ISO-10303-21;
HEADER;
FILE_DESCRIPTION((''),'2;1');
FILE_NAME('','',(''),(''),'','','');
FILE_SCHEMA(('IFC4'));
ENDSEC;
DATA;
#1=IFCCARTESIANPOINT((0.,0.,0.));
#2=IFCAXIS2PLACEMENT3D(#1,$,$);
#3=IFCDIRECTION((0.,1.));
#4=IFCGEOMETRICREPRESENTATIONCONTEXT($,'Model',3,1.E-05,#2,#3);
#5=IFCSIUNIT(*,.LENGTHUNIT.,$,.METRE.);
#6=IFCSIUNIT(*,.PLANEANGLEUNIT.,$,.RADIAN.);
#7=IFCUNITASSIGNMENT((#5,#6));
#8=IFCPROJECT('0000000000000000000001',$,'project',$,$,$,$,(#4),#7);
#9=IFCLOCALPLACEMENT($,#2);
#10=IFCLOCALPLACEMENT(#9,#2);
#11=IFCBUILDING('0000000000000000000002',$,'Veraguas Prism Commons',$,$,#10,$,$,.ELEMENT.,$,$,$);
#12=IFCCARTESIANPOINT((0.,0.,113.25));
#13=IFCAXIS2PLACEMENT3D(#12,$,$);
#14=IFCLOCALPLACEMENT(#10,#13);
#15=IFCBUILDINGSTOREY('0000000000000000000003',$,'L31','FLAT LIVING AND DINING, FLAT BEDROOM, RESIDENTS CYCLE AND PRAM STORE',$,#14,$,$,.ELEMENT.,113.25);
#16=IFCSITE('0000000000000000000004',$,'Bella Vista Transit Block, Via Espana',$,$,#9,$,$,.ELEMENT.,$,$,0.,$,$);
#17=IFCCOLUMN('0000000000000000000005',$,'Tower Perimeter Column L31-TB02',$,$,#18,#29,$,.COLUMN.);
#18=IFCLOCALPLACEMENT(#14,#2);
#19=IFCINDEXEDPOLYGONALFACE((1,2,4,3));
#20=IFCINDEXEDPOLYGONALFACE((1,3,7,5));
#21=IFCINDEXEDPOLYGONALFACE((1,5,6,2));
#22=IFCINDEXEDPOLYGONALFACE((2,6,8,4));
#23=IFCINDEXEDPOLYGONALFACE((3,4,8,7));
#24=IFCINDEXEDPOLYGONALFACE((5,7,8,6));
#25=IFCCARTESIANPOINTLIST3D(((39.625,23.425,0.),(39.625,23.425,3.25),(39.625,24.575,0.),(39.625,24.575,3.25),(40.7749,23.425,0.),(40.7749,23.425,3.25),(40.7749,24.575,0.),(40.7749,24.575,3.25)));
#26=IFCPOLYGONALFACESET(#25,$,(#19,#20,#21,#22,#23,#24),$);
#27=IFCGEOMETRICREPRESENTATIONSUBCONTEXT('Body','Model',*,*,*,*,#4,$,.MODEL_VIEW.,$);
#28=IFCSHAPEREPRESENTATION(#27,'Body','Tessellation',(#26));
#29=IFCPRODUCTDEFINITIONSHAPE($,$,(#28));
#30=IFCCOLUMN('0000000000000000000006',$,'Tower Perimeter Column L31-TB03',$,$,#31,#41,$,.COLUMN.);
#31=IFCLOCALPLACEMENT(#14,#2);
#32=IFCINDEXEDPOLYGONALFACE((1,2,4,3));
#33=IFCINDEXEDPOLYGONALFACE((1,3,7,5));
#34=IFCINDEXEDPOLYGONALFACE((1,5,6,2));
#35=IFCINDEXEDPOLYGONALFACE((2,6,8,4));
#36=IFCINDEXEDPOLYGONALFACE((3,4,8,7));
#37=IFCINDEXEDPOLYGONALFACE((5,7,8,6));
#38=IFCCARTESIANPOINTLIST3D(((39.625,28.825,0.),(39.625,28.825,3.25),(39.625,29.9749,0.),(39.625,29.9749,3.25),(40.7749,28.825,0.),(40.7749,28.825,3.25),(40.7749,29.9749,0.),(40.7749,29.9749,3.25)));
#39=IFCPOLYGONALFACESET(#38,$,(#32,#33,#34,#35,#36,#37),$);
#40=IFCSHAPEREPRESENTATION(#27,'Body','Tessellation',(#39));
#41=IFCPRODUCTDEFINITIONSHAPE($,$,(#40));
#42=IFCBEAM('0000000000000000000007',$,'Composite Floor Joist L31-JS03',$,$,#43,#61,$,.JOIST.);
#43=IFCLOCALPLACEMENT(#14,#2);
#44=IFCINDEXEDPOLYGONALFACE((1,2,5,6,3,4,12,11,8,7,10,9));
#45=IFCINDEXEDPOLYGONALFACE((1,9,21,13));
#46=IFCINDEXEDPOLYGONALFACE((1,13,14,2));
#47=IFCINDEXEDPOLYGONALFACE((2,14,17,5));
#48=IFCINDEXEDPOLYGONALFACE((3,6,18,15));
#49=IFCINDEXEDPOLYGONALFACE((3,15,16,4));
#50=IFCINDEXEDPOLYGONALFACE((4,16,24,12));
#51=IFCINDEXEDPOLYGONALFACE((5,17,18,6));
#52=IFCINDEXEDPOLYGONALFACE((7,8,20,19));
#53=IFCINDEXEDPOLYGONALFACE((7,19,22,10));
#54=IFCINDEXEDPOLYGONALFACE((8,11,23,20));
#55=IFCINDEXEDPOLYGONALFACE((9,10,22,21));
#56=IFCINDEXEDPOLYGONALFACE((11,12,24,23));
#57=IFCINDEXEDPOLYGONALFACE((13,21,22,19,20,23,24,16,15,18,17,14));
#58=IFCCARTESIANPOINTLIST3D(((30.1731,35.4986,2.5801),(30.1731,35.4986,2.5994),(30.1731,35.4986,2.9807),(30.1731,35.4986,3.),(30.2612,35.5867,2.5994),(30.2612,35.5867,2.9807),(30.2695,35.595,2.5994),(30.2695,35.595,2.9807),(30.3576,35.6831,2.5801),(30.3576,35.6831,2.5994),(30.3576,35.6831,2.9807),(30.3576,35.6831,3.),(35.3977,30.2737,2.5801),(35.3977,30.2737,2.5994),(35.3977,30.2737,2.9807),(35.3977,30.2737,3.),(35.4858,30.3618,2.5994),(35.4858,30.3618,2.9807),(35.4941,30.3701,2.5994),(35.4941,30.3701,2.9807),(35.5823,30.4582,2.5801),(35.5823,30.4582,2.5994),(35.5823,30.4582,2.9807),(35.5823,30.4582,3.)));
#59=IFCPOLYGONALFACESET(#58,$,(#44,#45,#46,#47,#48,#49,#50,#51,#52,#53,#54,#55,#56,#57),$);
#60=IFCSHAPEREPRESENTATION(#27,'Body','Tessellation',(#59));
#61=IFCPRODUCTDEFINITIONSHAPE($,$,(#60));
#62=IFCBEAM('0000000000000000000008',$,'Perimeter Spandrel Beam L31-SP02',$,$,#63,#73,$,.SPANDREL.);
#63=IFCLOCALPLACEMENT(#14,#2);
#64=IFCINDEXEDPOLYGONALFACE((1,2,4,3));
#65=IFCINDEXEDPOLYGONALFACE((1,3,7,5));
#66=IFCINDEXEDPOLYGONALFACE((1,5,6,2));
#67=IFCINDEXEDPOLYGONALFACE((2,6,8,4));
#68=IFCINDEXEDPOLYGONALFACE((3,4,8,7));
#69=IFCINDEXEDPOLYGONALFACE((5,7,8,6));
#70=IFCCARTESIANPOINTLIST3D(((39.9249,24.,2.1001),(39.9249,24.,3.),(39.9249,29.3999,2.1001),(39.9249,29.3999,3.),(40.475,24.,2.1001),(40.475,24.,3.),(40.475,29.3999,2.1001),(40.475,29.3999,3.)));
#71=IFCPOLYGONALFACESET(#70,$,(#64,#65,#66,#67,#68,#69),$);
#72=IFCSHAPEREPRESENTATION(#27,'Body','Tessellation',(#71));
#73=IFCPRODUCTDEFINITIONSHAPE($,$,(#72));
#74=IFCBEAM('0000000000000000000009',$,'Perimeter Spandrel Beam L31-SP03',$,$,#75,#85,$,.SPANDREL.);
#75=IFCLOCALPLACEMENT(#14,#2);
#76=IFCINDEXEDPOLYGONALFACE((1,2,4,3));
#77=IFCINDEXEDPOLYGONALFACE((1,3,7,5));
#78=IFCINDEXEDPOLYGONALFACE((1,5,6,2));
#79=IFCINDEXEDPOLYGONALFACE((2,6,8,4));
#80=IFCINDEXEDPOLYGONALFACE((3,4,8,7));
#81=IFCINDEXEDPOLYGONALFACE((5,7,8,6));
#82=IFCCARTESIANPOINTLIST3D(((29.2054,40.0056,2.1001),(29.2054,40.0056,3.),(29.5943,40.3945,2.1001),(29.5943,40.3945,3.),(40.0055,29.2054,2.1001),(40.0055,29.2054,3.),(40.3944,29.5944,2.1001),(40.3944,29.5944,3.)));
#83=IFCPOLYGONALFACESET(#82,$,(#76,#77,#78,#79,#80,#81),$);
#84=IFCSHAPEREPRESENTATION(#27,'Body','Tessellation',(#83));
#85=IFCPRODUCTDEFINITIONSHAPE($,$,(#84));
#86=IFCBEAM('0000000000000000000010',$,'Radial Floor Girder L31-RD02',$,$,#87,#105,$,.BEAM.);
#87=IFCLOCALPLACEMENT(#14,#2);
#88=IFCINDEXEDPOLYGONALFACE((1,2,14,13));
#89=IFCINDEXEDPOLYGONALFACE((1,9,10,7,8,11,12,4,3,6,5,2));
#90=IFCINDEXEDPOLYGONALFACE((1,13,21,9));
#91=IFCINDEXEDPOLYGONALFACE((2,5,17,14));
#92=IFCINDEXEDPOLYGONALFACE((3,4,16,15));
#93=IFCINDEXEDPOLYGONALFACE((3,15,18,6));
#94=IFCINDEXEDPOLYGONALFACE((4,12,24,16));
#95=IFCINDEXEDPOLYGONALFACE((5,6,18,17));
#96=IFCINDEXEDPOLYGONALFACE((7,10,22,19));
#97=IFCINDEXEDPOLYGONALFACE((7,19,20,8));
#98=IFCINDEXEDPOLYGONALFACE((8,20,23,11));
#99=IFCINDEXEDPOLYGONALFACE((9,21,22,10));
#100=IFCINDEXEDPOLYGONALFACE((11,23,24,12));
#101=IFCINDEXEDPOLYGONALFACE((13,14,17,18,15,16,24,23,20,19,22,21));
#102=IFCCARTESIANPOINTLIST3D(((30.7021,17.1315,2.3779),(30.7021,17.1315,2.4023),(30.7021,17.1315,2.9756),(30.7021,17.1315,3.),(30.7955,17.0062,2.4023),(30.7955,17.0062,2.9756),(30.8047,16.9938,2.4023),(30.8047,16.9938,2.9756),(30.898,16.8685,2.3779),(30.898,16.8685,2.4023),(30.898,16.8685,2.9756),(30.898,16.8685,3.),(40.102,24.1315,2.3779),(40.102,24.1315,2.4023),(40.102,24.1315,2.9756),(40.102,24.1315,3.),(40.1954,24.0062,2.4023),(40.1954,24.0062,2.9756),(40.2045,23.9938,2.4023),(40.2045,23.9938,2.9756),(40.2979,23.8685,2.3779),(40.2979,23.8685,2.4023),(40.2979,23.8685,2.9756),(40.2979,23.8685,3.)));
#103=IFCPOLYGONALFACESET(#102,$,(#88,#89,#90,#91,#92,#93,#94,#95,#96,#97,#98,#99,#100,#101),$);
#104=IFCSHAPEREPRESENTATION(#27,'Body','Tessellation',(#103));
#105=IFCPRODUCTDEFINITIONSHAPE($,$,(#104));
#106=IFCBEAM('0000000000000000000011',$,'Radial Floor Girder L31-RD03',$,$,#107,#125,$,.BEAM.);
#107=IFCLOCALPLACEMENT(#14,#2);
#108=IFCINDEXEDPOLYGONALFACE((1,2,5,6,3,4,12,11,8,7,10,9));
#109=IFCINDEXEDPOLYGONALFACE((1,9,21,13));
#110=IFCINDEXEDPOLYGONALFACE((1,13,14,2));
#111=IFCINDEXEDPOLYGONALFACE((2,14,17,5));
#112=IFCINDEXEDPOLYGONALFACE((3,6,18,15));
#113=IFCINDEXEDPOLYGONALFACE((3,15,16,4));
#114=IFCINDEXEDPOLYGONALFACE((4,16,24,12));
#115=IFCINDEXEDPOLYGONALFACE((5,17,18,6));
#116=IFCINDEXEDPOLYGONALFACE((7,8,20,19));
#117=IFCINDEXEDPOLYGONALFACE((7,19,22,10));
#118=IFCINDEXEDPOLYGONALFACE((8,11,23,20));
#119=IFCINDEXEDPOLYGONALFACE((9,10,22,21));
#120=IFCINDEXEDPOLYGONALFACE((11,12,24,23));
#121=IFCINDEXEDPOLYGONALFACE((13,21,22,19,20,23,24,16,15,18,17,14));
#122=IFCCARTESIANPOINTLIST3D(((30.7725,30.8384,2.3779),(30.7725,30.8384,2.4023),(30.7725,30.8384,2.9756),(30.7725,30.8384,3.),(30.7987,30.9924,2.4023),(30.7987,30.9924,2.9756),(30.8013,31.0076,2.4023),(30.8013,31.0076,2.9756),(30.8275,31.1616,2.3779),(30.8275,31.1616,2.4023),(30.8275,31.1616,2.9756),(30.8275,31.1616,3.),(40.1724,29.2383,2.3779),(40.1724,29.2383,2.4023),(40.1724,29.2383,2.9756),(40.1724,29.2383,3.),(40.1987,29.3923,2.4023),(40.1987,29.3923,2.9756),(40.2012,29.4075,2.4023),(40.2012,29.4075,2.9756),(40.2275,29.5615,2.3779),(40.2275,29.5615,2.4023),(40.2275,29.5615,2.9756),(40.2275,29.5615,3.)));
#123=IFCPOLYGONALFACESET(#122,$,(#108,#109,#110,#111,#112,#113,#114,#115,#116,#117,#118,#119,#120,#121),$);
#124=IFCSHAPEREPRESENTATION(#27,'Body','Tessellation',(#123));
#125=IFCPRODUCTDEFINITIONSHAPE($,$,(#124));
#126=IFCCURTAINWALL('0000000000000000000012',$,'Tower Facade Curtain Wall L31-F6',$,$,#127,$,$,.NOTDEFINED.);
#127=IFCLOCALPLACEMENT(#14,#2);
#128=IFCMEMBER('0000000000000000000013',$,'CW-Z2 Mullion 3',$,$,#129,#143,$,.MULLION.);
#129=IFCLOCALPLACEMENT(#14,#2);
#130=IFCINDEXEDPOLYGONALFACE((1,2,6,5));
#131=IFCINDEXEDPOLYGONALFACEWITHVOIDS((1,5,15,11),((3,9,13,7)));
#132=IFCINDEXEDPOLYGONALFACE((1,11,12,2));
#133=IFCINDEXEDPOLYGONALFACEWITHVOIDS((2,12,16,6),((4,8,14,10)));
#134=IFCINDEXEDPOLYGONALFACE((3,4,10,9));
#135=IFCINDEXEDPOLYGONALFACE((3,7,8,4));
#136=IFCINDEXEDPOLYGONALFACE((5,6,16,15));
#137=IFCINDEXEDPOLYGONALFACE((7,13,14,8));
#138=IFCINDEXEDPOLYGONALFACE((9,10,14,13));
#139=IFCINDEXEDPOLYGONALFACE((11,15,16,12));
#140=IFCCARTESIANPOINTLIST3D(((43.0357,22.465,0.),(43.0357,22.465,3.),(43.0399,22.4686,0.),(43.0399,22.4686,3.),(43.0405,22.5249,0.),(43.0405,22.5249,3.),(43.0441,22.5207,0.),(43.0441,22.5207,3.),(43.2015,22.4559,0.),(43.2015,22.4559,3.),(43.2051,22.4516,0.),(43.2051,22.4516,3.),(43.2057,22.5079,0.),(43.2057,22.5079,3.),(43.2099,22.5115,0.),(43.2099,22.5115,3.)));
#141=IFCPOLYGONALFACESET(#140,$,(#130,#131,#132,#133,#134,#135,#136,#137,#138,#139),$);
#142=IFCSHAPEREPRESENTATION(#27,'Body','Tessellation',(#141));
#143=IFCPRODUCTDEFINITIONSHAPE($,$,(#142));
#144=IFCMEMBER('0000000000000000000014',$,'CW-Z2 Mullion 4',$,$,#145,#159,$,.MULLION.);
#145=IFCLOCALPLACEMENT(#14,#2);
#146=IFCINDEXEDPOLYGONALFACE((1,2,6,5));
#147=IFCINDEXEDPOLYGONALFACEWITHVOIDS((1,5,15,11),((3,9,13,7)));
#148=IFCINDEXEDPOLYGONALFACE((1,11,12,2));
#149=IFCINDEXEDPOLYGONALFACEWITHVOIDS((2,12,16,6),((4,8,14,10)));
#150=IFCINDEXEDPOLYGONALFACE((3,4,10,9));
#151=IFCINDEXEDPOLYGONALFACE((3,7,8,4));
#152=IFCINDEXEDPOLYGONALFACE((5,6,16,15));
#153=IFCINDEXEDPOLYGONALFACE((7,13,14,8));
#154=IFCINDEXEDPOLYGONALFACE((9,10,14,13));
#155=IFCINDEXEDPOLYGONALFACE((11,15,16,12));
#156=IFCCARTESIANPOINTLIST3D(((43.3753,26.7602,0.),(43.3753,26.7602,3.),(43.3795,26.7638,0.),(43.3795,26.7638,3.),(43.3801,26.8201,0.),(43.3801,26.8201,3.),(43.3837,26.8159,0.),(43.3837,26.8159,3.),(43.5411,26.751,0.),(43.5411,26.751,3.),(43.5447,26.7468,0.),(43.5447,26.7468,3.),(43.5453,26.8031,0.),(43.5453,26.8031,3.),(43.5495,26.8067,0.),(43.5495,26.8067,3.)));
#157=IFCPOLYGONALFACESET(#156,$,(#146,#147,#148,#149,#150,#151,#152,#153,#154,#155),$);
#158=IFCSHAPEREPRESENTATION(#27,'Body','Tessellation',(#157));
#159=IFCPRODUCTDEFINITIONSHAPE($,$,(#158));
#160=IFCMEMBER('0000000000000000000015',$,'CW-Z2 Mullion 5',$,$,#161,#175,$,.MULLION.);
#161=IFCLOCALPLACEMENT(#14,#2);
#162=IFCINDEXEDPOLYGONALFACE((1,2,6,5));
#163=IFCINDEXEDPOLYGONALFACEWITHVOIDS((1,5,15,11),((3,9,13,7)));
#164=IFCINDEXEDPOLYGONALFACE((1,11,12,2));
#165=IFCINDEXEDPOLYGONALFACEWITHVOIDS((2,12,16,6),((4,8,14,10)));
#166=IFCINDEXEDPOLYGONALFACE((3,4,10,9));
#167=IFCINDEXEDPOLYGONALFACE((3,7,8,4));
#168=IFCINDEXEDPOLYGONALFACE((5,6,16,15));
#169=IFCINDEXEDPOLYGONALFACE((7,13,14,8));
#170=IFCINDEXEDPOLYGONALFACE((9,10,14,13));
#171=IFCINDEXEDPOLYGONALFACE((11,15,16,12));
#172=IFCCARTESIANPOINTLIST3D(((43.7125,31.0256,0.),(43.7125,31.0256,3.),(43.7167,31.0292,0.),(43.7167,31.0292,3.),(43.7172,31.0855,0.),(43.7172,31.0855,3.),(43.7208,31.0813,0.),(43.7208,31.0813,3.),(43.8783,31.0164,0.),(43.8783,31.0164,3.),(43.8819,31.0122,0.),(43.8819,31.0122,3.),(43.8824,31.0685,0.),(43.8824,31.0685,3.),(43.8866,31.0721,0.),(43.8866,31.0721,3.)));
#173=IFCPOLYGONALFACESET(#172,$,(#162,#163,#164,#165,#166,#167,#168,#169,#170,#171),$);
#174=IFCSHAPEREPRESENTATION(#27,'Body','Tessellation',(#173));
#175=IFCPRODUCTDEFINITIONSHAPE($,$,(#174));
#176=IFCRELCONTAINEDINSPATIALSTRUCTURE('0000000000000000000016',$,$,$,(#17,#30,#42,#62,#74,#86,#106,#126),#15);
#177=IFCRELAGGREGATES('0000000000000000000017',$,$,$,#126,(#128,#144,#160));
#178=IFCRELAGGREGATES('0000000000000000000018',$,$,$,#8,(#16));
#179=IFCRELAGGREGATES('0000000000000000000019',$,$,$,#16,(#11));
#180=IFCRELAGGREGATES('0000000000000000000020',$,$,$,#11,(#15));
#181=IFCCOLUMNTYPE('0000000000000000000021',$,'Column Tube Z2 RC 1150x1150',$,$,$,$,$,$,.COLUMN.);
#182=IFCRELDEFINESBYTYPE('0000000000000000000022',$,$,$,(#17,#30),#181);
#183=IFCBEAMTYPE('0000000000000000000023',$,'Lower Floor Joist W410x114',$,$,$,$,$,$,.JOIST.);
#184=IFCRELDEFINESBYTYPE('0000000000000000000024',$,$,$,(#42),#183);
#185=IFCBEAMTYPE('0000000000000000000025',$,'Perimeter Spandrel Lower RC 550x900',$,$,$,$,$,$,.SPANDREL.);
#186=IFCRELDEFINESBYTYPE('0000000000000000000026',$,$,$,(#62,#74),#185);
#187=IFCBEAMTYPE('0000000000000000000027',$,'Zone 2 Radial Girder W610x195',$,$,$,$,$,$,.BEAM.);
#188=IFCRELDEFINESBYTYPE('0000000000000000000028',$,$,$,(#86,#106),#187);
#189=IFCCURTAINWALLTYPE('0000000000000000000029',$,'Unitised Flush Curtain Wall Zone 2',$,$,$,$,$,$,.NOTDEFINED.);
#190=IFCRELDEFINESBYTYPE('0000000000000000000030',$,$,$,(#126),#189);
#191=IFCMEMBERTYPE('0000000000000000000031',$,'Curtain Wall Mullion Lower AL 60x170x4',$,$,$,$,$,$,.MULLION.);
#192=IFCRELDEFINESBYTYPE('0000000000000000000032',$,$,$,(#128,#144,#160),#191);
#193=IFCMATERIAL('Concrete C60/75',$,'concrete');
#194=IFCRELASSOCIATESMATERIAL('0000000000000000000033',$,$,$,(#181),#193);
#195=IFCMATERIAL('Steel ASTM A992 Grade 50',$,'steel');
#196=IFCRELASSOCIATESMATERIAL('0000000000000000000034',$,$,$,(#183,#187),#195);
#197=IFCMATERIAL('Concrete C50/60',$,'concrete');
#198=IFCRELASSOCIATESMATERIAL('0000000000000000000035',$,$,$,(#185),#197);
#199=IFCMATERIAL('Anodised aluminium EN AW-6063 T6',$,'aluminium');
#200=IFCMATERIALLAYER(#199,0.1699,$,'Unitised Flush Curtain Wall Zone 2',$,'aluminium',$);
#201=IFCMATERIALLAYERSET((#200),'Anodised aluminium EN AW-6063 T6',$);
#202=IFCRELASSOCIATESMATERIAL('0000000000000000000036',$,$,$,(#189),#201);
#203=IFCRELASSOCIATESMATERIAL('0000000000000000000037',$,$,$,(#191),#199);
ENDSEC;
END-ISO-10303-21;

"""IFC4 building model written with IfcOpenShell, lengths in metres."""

from ifc_helpers import new_model, si_unit, direction, frame, origin, origin_2d, place, context, subcontext, project, spatial, rectangle, hollow_rectangle, i_section, extrude, source, transform, mapped, material, layer, layer_set, material_profile, profile_set, type_object, element, aggregate, save


model = new_model("IFC4")

# Units and contexts
model_context = context("Model", 3, precision=1e-05, world=origin(), true_north=direction((0.0, 1.0)))
body_context = subcontext(model_context, "Body", "Model", "MODEL_VIEW")
ifc_project = project(units=[si_unit("LENGTHUNIT", "METRE"), si_unit("PLANEANGLEUNIT", "RADIAN")], contexts=[model_context])

# Site, building, storey
site_placement = place(None, origin())
site = spatial("IfcSite", under=ifc_project, at=site_placement, Name="Bella Vista Transit Block, Via Espana", CompositionType="ELEMENT", RefElevation=0.0)
building_placement = place(site_placement, origin())
building = spatial("IfcBuilding", under=site, at=building_placement, Name="Veraguas Prism Commons", CompositionType="ELEMENT")
storey_placement = place(building_placement, frame((0.0, 0.0, 113.25)))
storey = spatial("IfcBuildingStorey", under=building, at=storey_placement, Name="L31", Description="FLAT LIVING AND DINING, FLAT BEDROOM, RESIDENTS CYCLE AND PRAM STORE", CompositionType="ELEMENT", Elevation=113.25)

# Columns
ifc_material_1 = material(Name="Concrete C60/75", Category="concrete")
ifc_material_profile_1 = material_profile(ifc_material_1, rectangle(XDim=1.1499, YDim=1.1499, at=origin_2d()), Name="RC1150X1150")
ifc_profile_set_1 = profile_set([ifc_material_profile_1], Name="Concrete C60/75")
column_type = type_object("IfcColumnType", Name="Column Tube Z2 RC 1150x1150", PredefinedType="COLUMN", material=ifc_profile_set_1)
for number, where, z_axis, x_axis, name in (
    (1, (40.2, 24.0, 0.0), (0.0, 0.0, 1.0), (1.0, 0.0, 0.0), "Tower Perimeter Column L31-TB02"),
    (2, (40.2, 29.3999, 0.0), (0.0, 0.0, 1.0), (1.0, 0.0, 0.0), "Tower Perimeter Column L31-TB03"),
):
    element("IfcColumn", number, at=place(storey_placement, frame(where, z_axis=z_axis, x_axis=x_axis)), inside=storey, type_object=column_type, Name=name, PredefinedType="COLUMN", context=body_context, shape_type="SweptSolid", body=[
        extrude(rectangle(XDim=1.1499, YDim=1.1499, at=origin_2d()), origin(), (0.0, 0.0, 1.0), 3.25),
    ])

# Beams
ifc_material_2 = material(Name="Steel ASTM A992 Grade 50", Category="steel")
ifc_material_profile_2 = material_profile(ifc_material_2, i_section(OverallWidth=0.261, OverallDepth=0.4199, WebThickness=0.0117, FlangeThickness=0.0193, at=origin_2d()), Name="W410X114")
ifc_profile_set_2 = profile_set([ifc_material_profile_2], Name="Steel ASTM A992 Grade 50")
beam_type_1 = type_object("IfcBeamType", Name="Lower Floor Joist W410x114", PredefinedType="JOIST", material=ifc_profile_set_2)
beam_1_placement = place(storey_placement, frame((35.49, 30.366, 2.79), z_axis=(-0.70709, 0.707123, 0.0), x_axis=(-0.707123, -0.70709, 0.0)))
element("IfcBeam", 3, at=beam_1_placement, inside=storey, type_object=beam_type_1, Name="Composite Floor Joist L31-JS03", PredefinedType="JOIST", context=body_context, shape_type="SweptSolid", body=[
    extrude(i_section(OverallWidth=0.261, OverallDepth=0.4199, WebThickness=0.0117, FlangeThickness=0.0193, at=origin_2d()), origin(), (0.0, 0.0, 1.0), 7.3889),
])
ifc_material_3 = material(Name="Concrete C50/60", Category="concrete")
ifc_material_profile_3 = material_profile(ifc_material_3, rectangle(XDim=0.55, YDim=0.8999, at=origin_2d()), Name="RC550X900")
ifc_profile_set_3 = profile_set([ifc_material_profile_3], Name="Concrete C50/60")
beam_type_2 = type_object("IfcBeamType", Name="Perimeter Spandrel Lower RC 550x900", PredefinedType="SPANDREL", material=ifc_profile_set_3)
beam_2_placement = place(storey_placement, frame((40.2, 24.0, 2.55), z_axis=(0.0, 1.0, 0.0), x_axis=(-1.0, 0.0, 0.0)))
element("IfcBeam", 4, at=beam_2_placement, inside=storey, type_object=beam_type_2, Name="Perimeter Spandrel Beam L31-SP02", PredefinedType="SPANDREL", context=body_context, shape_type="SweptSolid", body=[
    extrude(rectangle(XDim=0.55, YDim=0.8999, at=origin_2d()), origin(), (0.0, 0.0, 1.0), 5.3999),
])
beam_3_placement = place(storey_placement, frame((40.2, 29.3999, 2.55), z_axis=(-0.707107, 0.707107, 0.0), x_axis=(-0.707107, -0.707107, 0.0)))
element("IfcBeam", 5, at=beam_3_placement, inside=storey, type_object=beam_type_2, Name="Perimeter Spandrel Beam L31-SP03", PredefinedType="SPANDREL", context=body_context, shape_type="SweptSolid", body=[
    extrude(rectangle(XDim=0.55, YDim=0.8999, at=origin_2d()), origin(), (0.0, 0.0, 1.0), 15.2737),
])
ifc_material_profile_4 = material_profile(ifc_material_2, i_section(OverallWidth=0.3279, OverallDepth=0.6221, WebThickness=0.0154, FlangeThickness=0.0244, at=origin_2d()), Name="W610X195")
ifc_profile_set_4 = profile_set([ifc_material_profile_4], Name="Steel ASTM A992 Grade 50")
beam_type_3 = type_object("IfcBeamType", Name="Zone 2 Radial Girder W610x195", PredefinedType="BEAM", material=ifc_profile_set_4)
beam_4_placement = place(storey_placement, frame((40.2, 24.0, 2.689), z_axis=(-0.80204, -0.59727, 0.0), x_axis=(0.59727, -0.80204, 0.0)))
element("IfcBeam", 6, at=beam_4_placement, inside=storey, type_object=beam_type_3, Name="Radial Floor Girder L31-RD02", PredefinedType="BEAM", context=body_context, shape_type="SweptSolid", body=[
    extrude(i_section(OverallWidth=0.3279, OverallDepth=0.6221, WebThickness=0.0154, FlangeThickness=0.0244, at=origin_2d()), origin(), (0.0, 0.0, 1.0), 11.72),
])
beam_5_placement = place(storey_placement, frame((40.2, 29.3999, 2.689), z_axis=(-0.985819, 0.167811, 0.0), x_axis=(-0.167811, -0.985819, 0.0)))
element("IfcBeam", 7, at=beam_5_placement, inside=storey, type_object=beam_type_3, Name="Radial Floor Girder L31-RD03", PredefinedType="BEAM", context=body_context, shape_type="SweptSolid", body=[
    extrude(i_section(OverallWidth=0.3279, OverallDepth=0.6221, WebThickness=0.0154, FlangeThickness=0.0244, at=origin_2d()), origin(), (0.0, 0.0, 1.0), 9.5352),
])

# Curtain wall, members
ifc_material_4 = material(Name="Anodised aluminium EN AW-6063 T6", Category="aluminium")
ifc_layer_1 = layer(ifc_material_4, 0.1699, Name="Unitised Flush Curtain Wall Zone 2", Category="aluminium")
ifc_layer_set_1 = layer_set([ifc_layer_1], Name="Anodised aluminium EN AW-6063 T6")
curtain_wall_type = type_object("IfcCurtainWallType", Name="Unitised Flush Curtain Wall Zone 2", PredefinedType="NOTDEFINED", material=ifc_layer_set_1)
curtain_wall_placement = place(storey_placement, origin())
curtain_wall = element("IfcCurtainWall", 8, at=curtain_wall_placement, inside=storey, type_object=curtain_wall_type, Name="Tower Facade Curtain Wall L31-F6", PredefinedType="NOTDEFINED")
ifc_material_profile_5 = material_profile(ifc_material_4, hollow_rectangle(XDim=0.0601, YDim=0.1699, WallThickness=0.0039, at=origin_2d()), Name="AL60X170X4")
ifc_profile_set_5 = profile_set([ifc_material_profile_5], Name="Anodised aluminium EN AW-6063 T6")
member_type = type_object("IfcMemberType", Name="Curtain Wall Mullion Lower AL 60x170x4", PredefinedType="MULLION", material=ifc_profile_set_5)
shared_shape_1 = source(origin(), body_context, "Body", "SweptSolid", [
    extrude(hollow_rectangle(XDim=0.0601, YDim=0.1699, WallThickness=0.0039, at=origin_2d()), origin(), (0.0, 0.0, 1.0), 3.0),
])
member_1_placement = place(storey_placement, frame((43.1228, 22.4883, 0.0), z_axis=(0.0, 0.0, 1.0), x_axis=(0.078807, 0.99689, 0.0)))
member_1 = element("IfcMember", 9, at=member_1_placement, type_object=member_type, Name="CW-Z2 Mullion 3", PredefinedType="MULLION", context=body_context, shape_type="MappedRepresentation", body=[
    mapped(shared_shape_1, transform((0.0, 0.0, 0.0), scale=1.0)),
])
member_2_placement = place(storey_placement, frame((43.4624, 26.7834, 0.0), z_axis=(0.0, 0.0, 1.0), x_axis=(0.078807, 0.99689, 0.0)))
member_2 = element("IfcMember", 10, at=member_2_placement, type_object=member_type, Name="CW-Z2 Mullion 4", PredefinedType="MULLION", context=body_context, shape_type="MappedRepresentation", body=[
    mapped(shared_shape_1, transform((0.0, 0.0, 0.0), scale=1.0)),
])
member_3_placement = place(storey_placement, frame((43.7996, 31.0488, 0.0), z_axis=(0.0, 0.0, 1.0), x_axis=(0.078807, 0.99689, 0.0)))
member_3 = element("IfcMember", 11, at=member_3_placement, type_object=member_type, Name="CW-Z2 Mullion 5", PredefinedType="MULLION", context=body_context, shape_type="MappedRepresentation", body=[
    mapped(shared_shape_1, transform((0.0, 0.0, 0.0), scale=1.0)),
])
aggregate(curtain_wall, [member_1, member_2, member_3])

save(model, "model.ifc")
